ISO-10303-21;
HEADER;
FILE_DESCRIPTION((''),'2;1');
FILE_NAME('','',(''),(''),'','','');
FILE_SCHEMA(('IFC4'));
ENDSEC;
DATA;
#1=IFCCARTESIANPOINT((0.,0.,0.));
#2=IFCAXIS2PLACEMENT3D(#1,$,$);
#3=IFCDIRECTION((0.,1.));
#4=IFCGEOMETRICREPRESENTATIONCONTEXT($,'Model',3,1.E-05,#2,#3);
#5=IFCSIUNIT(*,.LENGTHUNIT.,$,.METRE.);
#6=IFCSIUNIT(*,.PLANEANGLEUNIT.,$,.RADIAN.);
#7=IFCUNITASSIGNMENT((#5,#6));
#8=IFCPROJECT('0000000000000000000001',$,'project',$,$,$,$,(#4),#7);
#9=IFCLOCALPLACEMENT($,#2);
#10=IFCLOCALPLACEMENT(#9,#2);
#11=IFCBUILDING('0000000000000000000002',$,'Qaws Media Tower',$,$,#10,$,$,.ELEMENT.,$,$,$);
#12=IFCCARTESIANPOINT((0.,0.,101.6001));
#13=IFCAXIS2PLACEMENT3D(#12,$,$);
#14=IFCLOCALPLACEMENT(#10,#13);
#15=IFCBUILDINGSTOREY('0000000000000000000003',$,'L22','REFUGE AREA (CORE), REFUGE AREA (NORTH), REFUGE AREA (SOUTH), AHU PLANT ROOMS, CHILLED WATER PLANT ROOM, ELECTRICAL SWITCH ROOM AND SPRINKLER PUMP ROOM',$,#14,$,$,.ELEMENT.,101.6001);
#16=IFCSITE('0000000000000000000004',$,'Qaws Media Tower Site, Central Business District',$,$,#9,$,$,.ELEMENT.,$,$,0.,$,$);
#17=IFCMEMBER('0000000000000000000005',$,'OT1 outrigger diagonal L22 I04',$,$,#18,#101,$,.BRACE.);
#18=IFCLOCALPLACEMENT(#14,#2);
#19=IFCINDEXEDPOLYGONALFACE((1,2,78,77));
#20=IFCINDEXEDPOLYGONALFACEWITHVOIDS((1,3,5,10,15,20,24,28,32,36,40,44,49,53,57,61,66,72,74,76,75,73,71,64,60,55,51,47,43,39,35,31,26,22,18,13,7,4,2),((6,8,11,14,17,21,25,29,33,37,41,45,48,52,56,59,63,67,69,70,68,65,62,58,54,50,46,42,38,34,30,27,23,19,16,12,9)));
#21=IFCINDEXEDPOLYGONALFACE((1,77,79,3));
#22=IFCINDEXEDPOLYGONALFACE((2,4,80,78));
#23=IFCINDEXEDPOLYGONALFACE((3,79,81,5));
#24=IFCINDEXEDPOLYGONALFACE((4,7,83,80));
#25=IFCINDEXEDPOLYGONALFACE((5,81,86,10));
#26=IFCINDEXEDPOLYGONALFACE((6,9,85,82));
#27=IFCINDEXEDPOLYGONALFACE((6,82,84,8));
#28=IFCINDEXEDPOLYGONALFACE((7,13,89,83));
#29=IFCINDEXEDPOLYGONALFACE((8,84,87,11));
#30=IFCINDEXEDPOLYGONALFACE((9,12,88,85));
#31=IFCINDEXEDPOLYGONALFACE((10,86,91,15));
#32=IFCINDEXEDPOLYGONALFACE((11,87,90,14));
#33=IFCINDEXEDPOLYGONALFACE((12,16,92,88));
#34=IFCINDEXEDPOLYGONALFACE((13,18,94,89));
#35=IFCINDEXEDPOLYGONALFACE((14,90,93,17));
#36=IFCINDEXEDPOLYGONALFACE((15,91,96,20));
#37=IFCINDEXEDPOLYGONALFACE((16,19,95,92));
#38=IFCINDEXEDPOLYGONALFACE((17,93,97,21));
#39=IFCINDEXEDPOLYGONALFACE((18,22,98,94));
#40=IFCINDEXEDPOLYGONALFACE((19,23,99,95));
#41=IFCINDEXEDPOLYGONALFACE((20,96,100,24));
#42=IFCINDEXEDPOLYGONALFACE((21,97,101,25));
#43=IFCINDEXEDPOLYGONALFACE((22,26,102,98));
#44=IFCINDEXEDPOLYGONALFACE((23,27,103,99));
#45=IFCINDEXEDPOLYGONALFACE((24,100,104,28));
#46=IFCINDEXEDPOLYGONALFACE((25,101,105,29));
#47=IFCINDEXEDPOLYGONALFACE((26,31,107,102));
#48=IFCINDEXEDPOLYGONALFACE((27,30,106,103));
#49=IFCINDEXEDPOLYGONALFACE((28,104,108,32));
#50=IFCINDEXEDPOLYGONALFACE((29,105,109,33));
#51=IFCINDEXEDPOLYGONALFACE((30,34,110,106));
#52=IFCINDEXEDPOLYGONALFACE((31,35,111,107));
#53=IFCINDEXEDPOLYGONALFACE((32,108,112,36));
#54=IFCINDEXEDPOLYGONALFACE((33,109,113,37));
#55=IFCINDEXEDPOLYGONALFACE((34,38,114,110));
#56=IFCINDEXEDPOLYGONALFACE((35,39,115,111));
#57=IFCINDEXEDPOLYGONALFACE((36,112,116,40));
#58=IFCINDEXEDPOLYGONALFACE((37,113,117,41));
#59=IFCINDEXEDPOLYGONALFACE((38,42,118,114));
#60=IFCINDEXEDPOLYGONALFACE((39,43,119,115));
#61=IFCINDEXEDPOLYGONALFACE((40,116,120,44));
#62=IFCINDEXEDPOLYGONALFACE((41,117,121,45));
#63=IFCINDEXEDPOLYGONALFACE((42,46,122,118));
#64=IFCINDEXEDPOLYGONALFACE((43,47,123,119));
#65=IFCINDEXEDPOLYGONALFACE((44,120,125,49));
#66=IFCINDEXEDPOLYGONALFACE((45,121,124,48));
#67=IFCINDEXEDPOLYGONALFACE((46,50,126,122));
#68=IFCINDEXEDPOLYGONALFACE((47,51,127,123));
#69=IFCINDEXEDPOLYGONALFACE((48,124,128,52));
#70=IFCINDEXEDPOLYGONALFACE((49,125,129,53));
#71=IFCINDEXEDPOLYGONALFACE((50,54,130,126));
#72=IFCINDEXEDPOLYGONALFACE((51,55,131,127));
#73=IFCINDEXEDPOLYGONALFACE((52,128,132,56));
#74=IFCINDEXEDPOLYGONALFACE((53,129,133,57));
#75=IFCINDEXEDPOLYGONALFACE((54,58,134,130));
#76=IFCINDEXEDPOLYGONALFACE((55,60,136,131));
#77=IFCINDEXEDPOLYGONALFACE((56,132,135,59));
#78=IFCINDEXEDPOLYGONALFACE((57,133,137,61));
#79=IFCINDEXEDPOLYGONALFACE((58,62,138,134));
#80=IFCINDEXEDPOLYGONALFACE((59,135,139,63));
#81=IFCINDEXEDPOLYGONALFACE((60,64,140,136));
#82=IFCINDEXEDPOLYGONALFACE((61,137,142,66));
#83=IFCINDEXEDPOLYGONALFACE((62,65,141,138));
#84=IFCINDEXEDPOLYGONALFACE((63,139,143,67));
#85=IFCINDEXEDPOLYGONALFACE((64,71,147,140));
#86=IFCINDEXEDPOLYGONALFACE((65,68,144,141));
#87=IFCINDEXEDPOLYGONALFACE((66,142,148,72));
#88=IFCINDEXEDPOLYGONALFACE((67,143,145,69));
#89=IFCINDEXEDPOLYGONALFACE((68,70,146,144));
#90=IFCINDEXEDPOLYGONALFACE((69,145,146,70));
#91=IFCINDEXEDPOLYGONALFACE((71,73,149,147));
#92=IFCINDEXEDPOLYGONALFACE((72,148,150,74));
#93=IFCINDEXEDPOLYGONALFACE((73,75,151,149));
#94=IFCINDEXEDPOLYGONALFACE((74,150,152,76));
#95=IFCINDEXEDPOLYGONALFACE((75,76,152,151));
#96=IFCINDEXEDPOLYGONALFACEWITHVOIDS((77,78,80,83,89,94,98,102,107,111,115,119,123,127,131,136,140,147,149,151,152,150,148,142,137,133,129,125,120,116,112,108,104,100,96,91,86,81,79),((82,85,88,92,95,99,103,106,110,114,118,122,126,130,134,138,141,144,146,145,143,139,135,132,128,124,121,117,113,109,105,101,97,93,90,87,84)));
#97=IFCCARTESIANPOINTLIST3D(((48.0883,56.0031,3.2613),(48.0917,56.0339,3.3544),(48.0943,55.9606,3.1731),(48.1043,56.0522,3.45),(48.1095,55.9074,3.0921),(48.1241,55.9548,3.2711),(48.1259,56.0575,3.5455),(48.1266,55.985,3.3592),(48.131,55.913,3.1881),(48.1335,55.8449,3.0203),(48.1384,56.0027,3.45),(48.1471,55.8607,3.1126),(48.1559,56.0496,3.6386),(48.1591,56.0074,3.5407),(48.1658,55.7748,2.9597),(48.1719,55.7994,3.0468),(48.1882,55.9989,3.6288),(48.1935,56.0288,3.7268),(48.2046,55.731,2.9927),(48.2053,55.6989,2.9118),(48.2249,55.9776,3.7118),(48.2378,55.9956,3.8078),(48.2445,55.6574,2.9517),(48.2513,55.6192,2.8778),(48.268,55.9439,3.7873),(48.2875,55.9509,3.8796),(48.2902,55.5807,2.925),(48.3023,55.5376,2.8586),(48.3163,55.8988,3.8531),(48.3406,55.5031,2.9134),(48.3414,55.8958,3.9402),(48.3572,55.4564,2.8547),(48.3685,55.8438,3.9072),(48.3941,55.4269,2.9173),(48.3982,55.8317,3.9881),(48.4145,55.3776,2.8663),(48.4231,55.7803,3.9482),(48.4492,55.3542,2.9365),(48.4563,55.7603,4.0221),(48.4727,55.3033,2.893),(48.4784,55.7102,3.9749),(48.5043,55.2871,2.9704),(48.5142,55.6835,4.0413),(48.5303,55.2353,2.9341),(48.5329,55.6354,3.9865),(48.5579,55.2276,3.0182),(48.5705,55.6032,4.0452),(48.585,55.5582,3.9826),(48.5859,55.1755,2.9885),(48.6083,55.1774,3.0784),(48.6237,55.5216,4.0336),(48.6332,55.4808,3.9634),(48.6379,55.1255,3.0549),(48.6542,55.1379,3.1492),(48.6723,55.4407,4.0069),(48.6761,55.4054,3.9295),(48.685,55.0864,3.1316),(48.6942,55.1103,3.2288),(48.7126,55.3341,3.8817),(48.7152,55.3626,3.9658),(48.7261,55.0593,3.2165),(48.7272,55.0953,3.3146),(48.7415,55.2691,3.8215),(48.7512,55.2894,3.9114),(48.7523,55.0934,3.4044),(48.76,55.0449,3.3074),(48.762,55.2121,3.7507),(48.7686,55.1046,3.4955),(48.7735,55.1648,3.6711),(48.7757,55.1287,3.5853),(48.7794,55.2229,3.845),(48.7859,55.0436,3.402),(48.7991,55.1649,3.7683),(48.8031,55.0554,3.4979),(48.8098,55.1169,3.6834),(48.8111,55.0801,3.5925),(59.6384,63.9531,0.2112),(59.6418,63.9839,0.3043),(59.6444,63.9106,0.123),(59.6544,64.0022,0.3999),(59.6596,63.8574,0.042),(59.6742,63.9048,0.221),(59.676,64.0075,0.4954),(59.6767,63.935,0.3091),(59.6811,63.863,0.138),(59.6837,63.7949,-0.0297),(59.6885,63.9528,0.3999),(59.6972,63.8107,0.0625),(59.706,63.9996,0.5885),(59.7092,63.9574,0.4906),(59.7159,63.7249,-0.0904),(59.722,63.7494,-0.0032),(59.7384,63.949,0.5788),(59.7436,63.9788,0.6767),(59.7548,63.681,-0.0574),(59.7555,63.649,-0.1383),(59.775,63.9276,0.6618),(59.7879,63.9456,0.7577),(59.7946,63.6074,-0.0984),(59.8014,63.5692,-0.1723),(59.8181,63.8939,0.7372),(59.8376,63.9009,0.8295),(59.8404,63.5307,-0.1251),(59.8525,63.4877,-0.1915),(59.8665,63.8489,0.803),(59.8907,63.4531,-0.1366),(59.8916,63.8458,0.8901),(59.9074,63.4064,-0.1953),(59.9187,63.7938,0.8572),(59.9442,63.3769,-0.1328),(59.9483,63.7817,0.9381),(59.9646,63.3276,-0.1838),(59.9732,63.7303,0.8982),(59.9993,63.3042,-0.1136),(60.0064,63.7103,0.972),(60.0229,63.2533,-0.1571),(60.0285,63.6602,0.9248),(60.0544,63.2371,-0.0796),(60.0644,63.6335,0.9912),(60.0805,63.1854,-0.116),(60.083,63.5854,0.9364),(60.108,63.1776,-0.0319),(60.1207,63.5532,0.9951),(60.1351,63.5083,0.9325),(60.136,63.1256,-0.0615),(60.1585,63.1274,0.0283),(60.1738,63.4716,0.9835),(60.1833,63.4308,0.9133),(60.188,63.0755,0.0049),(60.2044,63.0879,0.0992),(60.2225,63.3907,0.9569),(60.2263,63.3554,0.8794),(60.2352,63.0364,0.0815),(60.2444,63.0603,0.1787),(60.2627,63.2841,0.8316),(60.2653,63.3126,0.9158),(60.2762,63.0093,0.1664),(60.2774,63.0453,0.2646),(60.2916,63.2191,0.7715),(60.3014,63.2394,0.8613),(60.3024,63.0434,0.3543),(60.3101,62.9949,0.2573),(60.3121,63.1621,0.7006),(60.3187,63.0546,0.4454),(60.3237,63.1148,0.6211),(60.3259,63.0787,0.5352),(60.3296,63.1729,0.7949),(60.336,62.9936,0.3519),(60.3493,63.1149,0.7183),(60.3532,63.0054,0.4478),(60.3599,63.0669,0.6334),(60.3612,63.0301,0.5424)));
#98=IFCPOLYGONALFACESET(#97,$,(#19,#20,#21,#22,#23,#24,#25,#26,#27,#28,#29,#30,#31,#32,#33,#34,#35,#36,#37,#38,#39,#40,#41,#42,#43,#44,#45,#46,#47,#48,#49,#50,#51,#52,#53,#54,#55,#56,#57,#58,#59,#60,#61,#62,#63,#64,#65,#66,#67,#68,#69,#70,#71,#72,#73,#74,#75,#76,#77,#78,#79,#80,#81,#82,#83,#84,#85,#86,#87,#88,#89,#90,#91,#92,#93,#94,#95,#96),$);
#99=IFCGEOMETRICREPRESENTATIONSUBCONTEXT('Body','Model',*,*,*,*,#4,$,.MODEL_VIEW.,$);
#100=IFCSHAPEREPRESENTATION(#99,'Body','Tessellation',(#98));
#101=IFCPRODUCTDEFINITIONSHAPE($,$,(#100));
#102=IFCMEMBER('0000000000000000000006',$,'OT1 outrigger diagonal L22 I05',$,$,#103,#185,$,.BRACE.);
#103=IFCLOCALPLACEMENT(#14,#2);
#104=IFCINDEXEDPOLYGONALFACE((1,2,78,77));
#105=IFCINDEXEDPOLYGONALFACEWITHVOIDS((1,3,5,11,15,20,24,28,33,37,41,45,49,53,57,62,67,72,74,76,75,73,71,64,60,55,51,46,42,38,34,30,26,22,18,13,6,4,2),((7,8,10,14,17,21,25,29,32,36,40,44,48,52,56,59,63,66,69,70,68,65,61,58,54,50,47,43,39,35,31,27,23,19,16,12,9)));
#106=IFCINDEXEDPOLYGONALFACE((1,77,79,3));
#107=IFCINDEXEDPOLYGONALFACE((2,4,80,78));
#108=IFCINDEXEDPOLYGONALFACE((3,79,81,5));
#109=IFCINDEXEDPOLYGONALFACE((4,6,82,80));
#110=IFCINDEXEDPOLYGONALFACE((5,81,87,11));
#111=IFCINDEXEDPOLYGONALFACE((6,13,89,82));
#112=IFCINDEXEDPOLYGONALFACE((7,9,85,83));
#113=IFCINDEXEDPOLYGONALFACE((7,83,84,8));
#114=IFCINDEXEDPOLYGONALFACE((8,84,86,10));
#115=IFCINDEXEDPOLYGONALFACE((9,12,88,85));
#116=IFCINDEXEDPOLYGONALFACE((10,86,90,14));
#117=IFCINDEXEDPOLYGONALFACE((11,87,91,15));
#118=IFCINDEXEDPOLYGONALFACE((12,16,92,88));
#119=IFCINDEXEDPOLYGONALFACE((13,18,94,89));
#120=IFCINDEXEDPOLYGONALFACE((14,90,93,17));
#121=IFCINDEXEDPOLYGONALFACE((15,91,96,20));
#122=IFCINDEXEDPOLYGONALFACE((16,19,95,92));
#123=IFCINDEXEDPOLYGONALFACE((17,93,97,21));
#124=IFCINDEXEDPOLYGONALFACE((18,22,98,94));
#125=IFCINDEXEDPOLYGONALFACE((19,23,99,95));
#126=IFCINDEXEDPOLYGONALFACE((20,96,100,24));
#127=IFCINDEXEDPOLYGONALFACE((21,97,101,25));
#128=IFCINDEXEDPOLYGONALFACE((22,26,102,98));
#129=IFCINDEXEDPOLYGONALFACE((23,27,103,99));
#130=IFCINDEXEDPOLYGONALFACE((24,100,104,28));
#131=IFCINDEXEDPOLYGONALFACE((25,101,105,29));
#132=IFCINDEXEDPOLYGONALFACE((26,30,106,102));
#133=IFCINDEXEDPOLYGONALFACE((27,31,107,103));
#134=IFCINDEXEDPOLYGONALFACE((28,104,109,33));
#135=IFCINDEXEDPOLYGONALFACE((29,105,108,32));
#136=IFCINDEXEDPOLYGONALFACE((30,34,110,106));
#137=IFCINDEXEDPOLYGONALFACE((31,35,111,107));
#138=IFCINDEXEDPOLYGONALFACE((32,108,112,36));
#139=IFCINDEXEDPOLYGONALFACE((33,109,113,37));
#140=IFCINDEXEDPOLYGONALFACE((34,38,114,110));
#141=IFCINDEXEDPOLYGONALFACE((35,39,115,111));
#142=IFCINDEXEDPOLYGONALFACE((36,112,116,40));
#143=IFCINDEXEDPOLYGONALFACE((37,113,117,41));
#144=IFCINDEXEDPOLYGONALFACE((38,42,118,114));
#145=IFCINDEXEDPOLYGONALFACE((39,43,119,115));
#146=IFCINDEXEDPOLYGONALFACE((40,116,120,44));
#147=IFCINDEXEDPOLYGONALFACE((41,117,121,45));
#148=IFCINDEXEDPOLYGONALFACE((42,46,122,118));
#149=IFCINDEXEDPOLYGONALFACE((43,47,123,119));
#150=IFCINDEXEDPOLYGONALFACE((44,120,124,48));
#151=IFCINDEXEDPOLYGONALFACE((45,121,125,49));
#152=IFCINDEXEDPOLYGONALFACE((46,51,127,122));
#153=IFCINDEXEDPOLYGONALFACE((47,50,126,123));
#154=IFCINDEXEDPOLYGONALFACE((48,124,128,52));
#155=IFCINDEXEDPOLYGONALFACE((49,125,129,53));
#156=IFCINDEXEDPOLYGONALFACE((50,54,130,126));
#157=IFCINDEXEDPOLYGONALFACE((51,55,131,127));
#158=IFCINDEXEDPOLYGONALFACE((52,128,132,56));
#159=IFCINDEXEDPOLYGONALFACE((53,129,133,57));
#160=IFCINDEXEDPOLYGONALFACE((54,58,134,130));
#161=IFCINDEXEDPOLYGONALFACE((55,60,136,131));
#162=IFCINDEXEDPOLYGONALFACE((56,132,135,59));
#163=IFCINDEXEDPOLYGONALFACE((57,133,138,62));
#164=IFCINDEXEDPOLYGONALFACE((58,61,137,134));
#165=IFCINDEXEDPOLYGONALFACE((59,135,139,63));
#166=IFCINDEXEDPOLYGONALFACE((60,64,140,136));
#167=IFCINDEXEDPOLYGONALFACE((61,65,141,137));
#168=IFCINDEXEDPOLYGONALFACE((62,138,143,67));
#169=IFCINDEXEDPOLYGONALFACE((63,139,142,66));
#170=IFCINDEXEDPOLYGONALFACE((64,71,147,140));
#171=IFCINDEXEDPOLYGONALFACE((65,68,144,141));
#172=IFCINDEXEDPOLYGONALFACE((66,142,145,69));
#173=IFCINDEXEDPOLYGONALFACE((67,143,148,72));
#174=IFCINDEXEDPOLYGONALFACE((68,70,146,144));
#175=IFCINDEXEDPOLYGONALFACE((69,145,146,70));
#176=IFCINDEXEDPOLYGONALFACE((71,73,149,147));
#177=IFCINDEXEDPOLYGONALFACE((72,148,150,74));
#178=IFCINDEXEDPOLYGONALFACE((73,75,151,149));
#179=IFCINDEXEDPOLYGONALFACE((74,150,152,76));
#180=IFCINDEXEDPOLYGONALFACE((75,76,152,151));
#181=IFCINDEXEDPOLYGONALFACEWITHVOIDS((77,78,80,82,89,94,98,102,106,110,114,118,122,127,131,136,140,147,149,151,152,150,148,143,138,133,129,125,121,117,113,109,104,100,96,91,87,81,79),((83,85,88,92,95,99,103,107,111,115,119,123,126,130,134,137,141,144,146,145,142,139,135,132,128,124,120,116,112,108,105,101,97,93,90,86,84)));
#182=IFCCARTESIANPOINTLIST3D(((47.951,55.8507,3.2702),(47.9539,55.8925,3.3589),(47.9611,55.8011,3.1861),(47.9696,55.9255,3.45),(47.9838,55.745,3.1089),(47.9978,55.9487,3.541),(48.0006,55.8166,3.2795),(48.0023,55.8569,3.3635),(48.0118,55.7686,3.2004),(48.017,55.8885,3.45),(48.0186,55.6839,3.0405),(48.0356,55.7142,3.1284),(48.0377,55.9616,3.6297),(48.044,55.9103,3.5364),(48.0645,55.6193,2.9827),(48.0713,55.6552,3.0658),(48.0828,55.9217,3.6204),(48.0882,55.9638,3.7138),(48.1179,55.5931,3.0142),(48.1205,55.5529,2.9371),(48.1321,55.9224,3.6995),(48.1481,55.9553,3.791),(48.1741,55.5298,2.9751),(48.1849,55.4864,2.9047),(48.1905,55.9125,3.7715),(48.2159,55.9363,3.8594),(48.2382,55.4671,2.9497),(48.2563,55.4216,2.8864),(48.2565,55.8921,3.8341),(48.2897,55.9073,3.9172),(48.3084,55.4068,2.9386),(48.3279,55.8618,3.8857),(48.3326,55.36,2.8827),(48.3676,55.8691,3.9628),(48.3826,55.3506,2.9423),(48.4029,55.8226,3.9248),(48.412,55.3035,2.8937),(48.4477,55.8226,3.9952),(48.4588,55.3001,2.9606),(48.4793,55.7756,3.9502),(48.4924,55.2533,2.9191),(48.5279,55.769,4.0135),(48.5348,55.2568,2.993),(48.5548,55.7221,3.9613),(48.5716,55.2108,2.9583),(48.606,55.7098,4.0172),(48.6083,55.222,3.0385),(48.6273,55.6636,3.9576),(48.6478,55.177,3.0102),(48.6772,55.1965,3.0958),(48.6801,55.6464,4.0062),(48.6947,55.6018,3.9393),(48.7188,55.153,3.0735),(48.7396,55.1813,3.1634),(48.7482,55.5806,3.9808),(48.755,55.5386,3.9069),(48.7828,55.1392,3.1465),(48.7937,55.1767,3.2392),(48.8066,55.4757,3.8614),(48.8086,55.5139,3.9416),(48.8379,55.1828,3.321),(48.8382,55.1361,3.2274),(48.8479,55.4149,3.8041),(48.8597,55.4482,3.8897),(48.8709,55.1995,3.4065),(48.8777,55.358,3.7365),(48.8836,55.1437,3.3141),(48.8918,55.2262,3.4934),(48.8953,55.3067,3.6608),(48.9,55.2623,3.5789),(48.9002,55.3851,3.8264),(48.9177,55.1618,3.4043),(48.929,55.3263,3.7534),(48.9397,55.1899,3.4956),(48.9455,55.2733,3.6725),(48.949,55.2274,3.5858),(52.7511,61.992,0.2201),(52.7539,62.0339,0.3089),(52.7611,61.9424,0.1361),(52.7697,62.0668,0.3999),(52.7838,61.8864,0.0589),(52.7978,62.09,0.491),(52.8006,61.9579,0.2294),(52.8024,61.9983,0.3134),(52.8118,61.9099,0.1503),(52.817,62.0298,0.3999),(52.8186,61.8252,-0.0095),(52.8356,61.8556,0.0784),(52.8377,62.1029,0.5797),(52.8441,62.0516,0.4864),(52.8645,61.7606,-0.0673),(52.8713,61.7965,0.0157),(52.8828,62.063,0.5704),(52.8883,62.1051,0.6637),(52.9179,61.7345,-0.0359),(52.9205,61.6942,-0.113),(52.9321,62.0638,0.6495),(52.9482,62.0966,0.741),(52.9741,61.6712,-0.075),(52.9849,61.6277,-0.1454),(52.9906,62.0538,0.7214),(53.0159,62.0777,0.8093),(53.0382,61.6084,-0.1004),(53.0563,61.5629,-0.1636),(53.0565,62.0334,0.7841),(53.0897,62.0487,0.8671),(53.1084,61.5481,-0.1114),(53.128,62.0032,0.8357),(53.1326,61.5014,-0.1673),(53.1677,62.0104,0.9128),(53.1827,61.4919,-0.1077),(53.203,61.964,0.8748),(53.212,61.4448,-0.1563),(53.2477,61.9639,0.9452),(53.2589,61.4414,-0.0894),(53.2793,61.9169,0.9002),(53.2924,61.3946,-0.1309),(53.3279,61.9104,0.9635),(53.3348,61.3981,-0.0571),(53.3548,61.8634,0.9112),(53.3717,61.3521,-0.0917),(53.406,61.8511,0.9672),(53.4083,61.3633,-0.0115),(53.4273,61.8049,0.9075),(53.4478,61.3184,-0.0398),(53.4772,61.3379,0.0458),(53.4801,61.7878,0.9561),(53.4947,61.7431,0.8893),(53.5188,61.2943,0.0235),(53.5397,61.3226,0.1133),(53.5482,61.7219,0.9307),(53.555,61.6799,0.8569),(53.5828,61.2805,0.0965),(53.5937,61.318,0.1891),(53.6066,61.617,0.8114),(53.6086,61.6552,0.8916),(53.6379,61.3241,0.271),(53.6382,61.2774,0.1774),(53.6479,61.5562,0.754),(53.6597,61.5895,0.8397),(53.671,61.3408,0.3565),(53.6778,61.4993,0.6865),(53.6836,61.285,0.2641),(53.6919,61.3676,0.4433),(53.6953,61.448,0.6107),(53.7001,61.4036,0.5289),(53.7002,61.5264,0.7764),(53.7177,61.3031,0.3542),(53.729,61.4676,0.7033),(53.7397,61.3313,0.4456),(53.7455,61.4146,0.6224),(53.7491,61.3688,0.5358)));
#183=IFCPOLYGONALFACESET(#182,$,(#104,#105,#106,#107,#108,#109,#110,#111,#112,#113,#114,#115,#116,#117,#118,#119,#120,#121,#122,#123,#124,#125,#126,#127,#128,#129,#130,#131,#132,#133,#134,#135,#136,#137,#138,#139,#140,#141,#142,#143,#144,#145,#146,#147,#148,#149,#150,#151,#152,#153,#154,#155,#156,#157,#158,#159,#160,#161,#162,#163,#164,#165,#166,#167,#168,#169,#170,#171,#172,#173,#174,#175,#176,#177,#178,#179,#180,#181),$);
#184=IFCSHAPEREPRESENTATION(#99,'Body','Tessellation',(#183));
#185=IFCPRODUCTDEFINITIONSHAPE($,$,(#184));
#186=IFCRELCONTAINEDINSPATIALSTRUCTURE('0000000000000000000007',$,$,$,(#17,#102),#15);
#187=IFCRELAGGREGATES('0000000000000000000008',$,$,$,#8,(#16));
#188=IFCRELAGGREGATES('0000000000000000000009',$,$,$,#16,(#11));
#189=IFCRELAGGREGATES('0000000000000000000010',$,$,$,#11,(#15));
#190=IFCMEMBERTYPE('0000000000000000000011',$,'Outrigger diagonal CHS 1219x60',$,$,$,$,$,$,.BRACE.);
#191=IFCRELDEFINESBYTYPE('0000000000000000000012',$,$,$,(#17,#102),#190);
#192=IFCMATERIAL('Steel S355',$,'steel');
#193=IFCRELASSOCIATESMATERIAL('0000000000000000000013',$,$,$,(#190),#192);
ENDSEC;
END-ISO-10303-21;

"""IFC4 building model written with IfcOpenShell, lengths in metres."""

from ifc_helpers import new_model, si_unit, direction, frame, origin, origin_2d, place, context, subcontext, project, spatial, hollow_circle, extrude, material, material_profile, profile_set, type_object, element, save


model = new_model("IFC4")

# Units and contexts
model_context = context("Model", 3, precision=1e-05, world=origin(), true_north=direction((0.0, 1.0)))
body_context = subcontext(model_context, "Body", "Model", "MODEL_VIEW")
ifc_project = project(units=[si_unit("LENGTHUNIT", "METRE"), si_unit("PLANEANGLEUNIT", "RADIAN")], contexts=[model_context])

# Site, building, storey
site_placement = place(None, origin())
site = spatial("IfcSite", under=ifc_project, at=site_placement, Name="Qaws Media Tower Site, Central Business District", CompositionType="ELEMENT", RefElevation=0.0)
building_placement = place(site_placement, origin())
building = spatial("IfcBuilding", under=site, at=building_placement, Name="Qaws Media Tower", CompositionType="ELEMENT")
storey_placement = place(building_placement, frame((0.0, 0.0, 101.6001)))
storey = spatial("IfcBuildingStorey", under=building, at=storey_placement, Name="L22", Description="REFUGE AREA (CORE), REFUGE AREA (NORTH), REFUGE AREA (SOUTH), AHU PLANT ROOMS, CHILLED WATER PLANT ROOM, ELECTRICAL SWITCH ROOM AND SPRINKLER PUMP ROOM", CompositionType="ELEMENT", Elevation=101.6001)

# Members
ifc_material_1 = material(Name="Steel S355", Category="steel")
ifc_material_profile_1 = material_profile(ifc_material_1, hollow_circle(Radius=0.6096, WallThickness=0.0601, at=origin_2d()), Name="CHS 1219x60")
ifc_profile_set_1 = profile_set([ifc_material_profile_1], Name="Steel S355")
member_type_1 = type_object("IfcMemberType", Name="Outrigger diagonal CHS 1219x60", PredefinedType="BRACE", material=ifc_profile_set_1)
member_1_placement = place(storey_placement, frame((48.45, 55.55, 3.45), z_axis=(0.804909, 0.554023, -0.212554), x_axis=(-0.566979, 0.823732, 0.0)))
element("IfcMember", 1, at=member_1_placement, inside=storey, type_object=member_type_1, Name="OT1 outrigger diagonal L22 I04", PredefinedType="BRACE", context=body_context, shape_type="SweptSolid", body=[
    extrude(hollow_circle(Radius=0.6096, WallThickness=0.0601, at=origin_2d()), origin(), (0.0, 0.0, 1.0), 14.3496),
])
member_2_placement = place(storey_placement, frame((48.45, 55.55, 3.45), z_axis=(0.573472, 0.733721, -0.364396), x_axis=(-0.787893, 0.615812, 0.0)))
element("IfcMember", 2, at=member_2_placement, inside=storey, type_object=member_type_1, Name="OT1 outrigger diagonal L22 I05", PredefinedType="BRACE", context=body_context, shape_type="SweptSolid", body=[
    extrude(hollow_circle(Radius=0.6096, WallThickness=0.0601, at=origin_2d()), origin(), (0.0, 0.0, 1.0), 8.3701),
])

save(model, "model.ifc")
